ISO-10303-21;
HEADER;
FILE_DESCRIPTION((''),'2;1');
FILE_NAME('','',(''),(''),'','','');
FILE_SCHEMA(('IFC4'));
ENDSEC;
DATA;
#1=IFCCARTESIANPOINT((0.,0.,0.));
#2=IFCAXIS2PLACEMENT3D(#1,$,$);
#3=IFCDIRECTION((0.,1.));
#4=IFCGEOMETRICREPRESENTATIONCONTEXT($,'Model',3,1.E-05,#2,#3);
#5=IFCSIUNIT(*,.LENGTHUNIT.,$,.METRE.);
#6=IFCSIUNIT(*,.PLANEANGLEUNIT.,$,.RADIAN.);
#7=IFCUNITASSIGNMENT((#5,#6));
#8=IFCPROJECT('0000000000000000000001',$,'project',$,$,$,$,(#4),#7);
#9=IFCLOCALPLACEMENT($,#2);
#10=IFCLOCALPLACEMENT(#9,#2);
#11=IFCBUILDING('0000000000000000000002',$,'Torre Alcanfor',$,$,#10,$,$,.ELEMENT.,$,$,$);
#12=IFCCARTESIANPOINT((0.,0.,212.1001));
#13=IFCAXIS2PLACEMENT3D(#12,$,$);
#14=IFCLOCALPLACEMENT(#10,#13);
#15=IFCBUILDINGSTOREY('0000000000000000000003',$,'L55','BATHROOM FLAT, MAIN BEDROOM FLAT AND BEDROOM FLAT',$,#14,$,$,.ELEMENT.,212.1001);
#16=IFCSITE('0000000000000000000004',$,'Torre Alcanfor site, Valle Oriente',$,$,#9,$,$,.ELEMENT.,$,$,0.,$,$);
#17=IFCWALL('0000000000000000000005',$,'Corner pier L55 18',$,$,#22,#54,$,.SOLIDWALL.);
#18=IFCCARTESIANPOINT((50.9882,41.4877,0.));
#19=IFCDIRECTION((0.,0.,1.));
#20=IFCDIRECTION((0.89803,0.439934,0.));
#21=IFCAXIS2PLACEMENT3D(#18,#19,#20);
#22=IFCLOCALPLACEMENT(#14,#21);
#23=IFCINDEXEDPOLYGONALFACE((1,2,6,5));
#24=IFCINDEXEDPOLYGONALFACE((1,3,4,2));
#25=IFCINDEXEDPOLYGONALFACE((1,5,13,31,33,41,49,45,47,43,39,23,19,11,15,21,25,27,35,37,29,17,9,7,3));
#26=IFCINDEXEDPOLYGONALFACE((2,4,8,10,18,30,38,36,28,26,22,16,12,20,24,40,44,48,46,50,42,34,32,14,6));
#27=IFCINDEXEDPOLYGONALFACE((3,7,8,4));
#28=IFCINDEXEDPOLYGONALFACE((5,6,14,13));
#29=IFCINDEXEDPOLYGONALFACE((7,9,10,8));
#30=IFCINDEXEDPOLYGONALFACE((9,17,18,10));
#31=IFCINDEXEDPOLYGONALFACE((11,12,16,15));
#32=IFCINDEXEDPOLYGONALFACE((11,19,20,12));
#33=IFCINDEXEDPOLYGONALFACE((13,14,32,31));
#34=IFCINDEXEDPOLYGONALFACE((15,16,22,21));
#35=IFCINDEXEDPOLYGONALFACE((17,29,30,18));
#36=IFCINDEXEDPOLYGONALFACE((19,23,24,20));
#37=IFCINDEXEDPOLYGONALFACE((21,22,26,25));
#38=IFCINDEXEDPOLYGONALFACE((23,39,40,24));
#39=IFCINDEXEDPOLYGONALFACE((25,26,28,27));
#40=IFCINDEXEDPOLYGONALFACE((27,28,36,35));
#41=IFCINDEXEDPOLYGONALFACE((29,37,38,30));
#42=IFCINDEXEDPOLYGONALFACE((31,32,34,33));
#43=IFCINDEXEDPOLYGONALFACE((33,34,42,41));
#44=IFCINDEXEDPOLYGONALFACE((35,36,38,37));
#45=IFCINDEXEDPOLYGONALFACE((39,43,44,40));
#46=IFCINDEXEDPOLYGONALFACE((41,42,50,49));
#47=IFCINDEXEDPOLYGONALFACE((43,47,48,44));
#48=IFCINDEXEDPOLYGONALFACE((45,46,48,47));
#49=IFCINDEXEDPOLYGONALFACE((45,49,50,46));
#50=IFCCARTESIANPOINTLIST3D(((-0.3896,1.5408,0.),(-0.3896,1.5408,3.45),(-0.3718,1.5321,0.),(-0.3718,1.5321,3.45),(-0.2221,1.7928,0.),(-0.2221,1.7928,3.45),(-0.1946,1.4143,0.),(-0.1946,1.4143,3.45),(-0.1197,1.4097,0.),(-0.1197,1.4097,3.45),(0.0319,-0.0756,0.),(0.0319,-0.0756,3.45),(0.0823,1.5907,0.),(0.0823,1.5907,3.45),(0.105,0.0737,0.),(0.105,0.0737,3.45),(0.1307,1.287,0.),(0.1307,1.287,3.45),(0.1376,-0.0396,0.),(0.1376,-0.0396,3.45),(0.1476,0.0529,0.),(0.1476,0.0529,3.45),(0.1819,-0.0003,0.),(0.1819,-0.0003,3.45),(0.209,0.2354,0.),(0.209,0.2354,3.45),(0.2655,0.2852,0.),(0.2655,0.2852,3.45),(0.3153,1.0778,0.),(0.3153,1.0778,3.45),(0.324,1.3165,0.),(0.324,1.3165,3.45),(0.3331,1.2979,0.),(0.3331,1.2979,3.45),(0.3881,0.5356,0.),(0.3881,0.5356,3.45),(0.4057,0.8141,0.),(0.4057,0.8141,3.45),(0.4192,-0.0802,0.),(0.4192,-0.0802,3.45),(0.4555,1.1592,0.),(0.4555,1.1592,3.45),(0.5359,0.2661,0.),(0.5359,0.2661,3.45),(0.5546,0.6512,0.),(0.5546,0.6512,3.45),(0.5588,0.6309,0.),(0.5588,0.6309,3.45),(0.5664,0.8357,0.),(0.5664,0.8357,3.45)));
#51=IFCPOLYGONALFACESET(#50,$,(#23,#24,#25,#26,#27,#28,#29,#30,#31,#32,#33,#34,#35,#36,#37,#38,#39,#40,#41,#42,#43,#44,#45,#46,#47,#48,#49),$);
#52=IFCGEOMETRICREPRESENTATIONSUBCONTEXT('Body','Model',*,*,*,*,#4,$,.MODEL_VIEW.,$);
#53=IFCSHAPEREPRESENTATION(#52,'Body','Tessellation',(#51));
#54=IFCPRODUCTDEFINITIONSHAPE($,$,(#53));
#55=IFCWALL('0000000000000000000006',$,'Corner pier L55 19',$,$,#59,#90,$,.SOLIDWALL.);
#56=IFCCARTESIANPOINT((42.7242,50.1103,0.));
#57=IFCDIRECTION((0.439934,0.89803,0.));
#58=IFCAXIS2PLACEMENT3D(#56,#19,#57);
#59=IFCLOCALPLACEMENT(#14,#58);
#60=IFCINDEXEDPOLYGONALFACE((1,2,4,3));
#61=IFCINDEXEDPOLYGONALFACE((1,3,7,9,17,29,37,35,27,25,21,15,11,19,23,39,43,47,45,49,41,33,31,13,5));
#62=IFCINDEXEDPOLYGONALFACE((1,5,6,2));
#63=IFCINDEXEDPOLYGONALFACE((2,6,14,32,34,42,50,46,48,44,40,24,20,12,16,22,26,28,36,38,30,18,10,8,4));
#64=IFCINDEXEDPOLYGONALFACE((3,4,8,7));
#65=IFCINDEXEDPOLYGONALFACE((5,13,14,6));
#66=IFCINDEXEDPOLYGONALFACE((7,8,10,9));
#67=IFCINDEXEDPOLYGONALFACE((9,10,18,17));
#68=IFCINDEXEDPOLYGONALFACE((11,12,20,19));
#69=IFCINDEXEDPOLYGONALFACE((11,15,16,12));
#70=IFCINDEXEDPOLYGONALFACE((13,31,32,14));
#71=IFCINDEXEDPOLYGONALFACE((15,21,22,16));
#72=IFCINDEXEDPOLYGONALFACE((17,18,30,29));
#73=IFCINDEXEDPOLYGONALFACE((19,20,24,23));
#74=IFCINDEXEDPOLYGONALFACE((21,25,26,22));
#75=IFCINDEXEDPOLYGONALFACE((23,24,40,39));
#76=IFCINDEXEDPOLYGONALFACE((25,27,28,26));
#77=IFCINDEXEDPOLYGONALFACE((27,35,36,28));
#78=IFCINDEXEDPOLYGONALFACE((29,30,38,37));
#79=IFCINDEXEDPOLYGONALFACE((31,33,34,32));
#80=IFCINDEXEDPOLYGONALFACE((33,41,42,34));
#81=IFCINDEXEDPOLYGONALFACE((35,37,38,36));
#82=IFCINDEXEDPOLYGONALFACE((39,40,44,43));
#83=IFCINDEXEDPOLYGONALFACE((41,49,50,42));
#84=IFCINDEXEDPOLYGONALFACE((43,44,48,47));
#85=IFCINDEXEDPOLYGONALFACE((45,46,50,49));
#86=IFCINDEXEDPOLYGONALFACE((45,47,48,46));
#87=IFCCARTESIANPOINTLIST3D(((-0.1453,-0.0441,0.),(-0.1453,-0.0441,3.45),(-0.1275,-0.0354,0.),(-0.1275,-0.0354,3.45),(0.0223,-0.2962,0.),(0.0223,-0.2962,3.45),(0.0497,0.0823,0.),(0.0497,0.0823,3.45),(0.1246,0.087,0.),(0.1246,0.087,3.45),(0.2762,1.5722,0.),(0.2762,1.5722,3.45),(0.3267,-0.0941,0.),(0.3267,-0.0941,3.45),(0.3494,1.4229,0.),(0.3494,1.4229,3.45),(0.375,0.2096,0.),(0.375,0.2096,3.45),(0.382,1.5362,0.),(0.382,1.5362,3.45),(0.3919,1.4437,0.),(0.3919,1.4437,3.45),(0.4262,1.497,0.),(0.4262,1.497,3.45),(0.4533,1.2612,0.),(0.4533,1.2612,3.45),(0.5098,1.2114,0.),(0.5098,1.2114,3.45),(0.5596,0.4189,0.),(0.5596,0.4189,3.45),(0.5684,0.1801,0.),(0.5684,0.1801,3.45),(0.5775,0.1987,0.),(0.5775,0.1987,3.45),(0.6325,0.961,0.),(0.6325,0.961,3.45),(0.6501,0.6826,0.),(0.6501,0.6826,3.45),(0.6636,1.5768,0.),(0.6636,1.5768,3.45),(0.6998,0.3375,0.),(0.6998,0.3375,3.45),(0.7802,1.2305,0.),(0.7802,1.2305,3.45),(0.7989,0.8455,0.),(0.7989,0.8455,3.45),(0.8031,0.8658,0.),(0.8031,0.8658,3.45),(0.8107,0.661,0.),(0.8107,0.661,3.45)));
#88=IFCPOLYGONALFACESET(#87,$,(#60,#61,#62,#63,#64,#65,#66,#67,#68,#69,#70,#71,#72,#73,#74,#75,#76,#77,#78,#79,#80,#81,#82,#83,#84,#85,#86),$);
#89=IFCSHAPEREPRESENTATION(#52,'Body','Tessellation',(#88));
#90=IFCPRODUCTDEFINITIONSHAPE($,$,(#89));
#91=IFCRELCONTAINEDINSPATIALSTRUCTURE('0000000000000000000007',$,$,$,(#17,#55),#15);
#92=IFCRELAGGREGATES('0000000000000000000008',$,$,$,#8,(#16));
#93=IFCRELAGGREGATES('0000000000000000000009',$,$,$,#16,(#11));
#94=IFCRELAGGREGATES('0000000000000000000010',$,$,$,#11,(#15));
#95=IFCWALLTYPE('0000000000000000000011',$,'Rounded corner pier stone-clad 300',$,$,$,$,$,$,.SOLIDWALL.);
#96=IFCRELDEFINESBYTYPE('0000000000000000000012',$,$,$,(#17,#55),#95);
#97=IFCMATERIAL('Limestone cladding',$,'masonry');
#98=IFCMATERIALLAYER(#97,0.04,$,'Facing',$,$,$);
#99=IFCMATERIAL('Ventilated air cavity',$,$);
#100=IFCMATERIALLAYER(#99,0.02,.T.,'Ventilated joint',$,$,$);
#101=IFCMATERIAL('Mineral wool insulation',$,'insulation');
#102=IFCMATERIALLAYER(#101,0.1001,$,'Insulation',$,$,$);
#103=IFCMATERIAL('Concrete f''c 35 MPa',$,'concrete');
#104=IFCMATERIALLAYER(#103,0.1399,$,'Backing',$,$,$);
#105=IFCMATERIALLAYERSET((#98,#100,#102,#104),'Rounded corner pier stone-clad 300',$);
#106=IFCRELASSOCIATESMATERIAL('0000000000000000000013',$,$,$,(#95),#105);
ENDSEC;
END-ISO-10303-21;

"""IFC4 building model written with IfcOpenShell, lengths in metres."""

from ifc_helpers import new_model, si_unit, direction, frame, origin, place, context, subcontext, project, spatial, polyline, outline, extrude, material, layer, layer_set, type_object, element, save


model = new_model("IFC4")

# Units and contexts
model_context = context("Model", 3, precision=1e-05, world=origin(), true_north=direction((0.0, 1.0)))
body_context = subcontext(model_context, "Body", "Model", "MODEL_VIEW")
ifc_project = project(units=[si_unit("LENGTHUNIT", "METRE"), si_unit("PLANEANGLEUNIT", "RADIAN")], contexts=[model_context])

# Site, building, storey
site_placement = place(None, origin())
site = spatial("IfcSite", under=ifc_project, at=site_placement, Name="Torre Alcanfor site, Valle Oriente", CompositionType="ELEMENT", RefElevation=0.0)
building_placement = place(site_placement, origin())
building = spatial("IfcBuilding", under=site, at=building_placement, Name="Torre Alcanfor", CompositionType="ELEMENT")
storey_placement = place(building_placement, frame((0.0, 0.0, 212.1001)))
storey = spatial("IfcBuildingStorey", under=building, at=storey_placement, Name="L55", Description="BATHROOM FLAT, MAIN BEDROOM FLAT AND BEDROOM FLAT", CompositionType="ELEMENT", Elevation=212.1001)

# Shared definitions
ifc_material_1 = material(Name="Limestone cladding", Category="masonry")
ifc_material_2 = material(Name="Ventilated air cavity")
ifc_material_3 = material(Name="Mineral wool insulation", Category="insulation")
ifc_material_4 = material(Name="Concrete f'c 35 MPa", Category="concrete")

# Walls
ifc_layer_1 = layer(ifc_material_1, 0.04, Name="Facing")
ifc_layer_2 = layer(ifc_material_2, 0.02, ventilated=True, Name="Ventilated joint")
ifc_layer_3 = layer(ifc_material_3, 0.1001, Name="Insulation")
ifc_layer_4 = layer(ifc_material_4, 0.1399, Name="Backing")
ifc_layer_set_1 = layer_set([ifc_layer_1, ifc_layer_2, ifc_layer_3, ifc_layer_4], Name="Rounded corner pier stone-clad 300")
wall_type_1 = type_object("IfcWallType", Name="Rounded corner pier stone-clad 300", PredefinedType="SOLIDWALL", material=ifc_layer_set_1)
wall_1_placement = place(storey_placement, frame((50.9882, 41.4877, 0.0), z_axis=(0.0, 0.0, 1.0), x_axis=(0.89803, 0.439934, 0.0)))
element("IfcWall", 1, at=wall_1_placement, inside=storey, type_object=wall_type_1, Name="Corner pier L55 18", PredefinedType="SOLIDWALL", context=body_context, shape_type="SweptSolid", body=[
    extrude(outline(polyline([(0.1376, -0.0396), (0.1819, -0.0003), (0.4192, -0.0802), (0.5359, 0.2661), (0.5588, 0.6309), (0.5546, 0.6512), (0.5664, 0.8357), (0.4555, 1.1592), (0.3331, 1.2979), (0.324, 1.3165), (0.0823, 1.5907), (-0.2221, 1.7928), (-0.3896, 1.5408), (-0.3718, 1.5321), (-0.1946, 1.4143), (-0.1197, 1.4097), (0.1307, 1.287), (0.3153, 1.0778), (0.4057, 0.8141), (0.3881, 0.5356), (0.2655, 0.2852), (0.209, 0.2354), (0.1476, 0.0529), (0.105, 0.0737), (0.0319, -0.0756), (0.1376, -0.0396)])), origin(), (0.0, 0.0, 1.0), 3.45),
])
wall_2_placement = place(storey_placement, frame((42.7242, 50.1103, 0.0), z_axis=(0.0, 0.0, 1.0), x_axis=(0.439934, 0.89803, 0.0)))
element("IfcWall", 2, at=wall_2_placement, inside=storey, type_object=wall_type_1, Name="Corner pier L55 19", PredefinedType="SOLIDWALL", context=body_context, shape_type="SweptSolid", body=[
    extrude(outline(polyline([(-0.1453, -0.0441), (0.0223, -0.2962), (0.3267, -0.0941), (0.5684, 0.1801), (0.5775, 0.1987), (0.6998, 0.3375), (0.8107, 0.661), (0.7989, 0.8455), (0.8031, 0.8658), (0.7802, 1.2305), (0.6636, 1.5768), (0.4262, 1.497), (0.382, 1.5362), (0.2762, 1.5722), (0.3494, 1.4229), (0.3919, 1.4437), (0.4533, 1.2612), (0.5098, 1.2114), (0.6325, 0.961), (0.6501, 0.6826), (0.5596, 0.4189), (0.375, 0.2096), (0.1246, 0.087), (0.0497, 0.0823), (-0.1275, -0.0354), (-0.1453, -0.0441)])), origin(), (0.0, 0.0, 1.0), 3.45),
])

save(model, "model.ifc")
